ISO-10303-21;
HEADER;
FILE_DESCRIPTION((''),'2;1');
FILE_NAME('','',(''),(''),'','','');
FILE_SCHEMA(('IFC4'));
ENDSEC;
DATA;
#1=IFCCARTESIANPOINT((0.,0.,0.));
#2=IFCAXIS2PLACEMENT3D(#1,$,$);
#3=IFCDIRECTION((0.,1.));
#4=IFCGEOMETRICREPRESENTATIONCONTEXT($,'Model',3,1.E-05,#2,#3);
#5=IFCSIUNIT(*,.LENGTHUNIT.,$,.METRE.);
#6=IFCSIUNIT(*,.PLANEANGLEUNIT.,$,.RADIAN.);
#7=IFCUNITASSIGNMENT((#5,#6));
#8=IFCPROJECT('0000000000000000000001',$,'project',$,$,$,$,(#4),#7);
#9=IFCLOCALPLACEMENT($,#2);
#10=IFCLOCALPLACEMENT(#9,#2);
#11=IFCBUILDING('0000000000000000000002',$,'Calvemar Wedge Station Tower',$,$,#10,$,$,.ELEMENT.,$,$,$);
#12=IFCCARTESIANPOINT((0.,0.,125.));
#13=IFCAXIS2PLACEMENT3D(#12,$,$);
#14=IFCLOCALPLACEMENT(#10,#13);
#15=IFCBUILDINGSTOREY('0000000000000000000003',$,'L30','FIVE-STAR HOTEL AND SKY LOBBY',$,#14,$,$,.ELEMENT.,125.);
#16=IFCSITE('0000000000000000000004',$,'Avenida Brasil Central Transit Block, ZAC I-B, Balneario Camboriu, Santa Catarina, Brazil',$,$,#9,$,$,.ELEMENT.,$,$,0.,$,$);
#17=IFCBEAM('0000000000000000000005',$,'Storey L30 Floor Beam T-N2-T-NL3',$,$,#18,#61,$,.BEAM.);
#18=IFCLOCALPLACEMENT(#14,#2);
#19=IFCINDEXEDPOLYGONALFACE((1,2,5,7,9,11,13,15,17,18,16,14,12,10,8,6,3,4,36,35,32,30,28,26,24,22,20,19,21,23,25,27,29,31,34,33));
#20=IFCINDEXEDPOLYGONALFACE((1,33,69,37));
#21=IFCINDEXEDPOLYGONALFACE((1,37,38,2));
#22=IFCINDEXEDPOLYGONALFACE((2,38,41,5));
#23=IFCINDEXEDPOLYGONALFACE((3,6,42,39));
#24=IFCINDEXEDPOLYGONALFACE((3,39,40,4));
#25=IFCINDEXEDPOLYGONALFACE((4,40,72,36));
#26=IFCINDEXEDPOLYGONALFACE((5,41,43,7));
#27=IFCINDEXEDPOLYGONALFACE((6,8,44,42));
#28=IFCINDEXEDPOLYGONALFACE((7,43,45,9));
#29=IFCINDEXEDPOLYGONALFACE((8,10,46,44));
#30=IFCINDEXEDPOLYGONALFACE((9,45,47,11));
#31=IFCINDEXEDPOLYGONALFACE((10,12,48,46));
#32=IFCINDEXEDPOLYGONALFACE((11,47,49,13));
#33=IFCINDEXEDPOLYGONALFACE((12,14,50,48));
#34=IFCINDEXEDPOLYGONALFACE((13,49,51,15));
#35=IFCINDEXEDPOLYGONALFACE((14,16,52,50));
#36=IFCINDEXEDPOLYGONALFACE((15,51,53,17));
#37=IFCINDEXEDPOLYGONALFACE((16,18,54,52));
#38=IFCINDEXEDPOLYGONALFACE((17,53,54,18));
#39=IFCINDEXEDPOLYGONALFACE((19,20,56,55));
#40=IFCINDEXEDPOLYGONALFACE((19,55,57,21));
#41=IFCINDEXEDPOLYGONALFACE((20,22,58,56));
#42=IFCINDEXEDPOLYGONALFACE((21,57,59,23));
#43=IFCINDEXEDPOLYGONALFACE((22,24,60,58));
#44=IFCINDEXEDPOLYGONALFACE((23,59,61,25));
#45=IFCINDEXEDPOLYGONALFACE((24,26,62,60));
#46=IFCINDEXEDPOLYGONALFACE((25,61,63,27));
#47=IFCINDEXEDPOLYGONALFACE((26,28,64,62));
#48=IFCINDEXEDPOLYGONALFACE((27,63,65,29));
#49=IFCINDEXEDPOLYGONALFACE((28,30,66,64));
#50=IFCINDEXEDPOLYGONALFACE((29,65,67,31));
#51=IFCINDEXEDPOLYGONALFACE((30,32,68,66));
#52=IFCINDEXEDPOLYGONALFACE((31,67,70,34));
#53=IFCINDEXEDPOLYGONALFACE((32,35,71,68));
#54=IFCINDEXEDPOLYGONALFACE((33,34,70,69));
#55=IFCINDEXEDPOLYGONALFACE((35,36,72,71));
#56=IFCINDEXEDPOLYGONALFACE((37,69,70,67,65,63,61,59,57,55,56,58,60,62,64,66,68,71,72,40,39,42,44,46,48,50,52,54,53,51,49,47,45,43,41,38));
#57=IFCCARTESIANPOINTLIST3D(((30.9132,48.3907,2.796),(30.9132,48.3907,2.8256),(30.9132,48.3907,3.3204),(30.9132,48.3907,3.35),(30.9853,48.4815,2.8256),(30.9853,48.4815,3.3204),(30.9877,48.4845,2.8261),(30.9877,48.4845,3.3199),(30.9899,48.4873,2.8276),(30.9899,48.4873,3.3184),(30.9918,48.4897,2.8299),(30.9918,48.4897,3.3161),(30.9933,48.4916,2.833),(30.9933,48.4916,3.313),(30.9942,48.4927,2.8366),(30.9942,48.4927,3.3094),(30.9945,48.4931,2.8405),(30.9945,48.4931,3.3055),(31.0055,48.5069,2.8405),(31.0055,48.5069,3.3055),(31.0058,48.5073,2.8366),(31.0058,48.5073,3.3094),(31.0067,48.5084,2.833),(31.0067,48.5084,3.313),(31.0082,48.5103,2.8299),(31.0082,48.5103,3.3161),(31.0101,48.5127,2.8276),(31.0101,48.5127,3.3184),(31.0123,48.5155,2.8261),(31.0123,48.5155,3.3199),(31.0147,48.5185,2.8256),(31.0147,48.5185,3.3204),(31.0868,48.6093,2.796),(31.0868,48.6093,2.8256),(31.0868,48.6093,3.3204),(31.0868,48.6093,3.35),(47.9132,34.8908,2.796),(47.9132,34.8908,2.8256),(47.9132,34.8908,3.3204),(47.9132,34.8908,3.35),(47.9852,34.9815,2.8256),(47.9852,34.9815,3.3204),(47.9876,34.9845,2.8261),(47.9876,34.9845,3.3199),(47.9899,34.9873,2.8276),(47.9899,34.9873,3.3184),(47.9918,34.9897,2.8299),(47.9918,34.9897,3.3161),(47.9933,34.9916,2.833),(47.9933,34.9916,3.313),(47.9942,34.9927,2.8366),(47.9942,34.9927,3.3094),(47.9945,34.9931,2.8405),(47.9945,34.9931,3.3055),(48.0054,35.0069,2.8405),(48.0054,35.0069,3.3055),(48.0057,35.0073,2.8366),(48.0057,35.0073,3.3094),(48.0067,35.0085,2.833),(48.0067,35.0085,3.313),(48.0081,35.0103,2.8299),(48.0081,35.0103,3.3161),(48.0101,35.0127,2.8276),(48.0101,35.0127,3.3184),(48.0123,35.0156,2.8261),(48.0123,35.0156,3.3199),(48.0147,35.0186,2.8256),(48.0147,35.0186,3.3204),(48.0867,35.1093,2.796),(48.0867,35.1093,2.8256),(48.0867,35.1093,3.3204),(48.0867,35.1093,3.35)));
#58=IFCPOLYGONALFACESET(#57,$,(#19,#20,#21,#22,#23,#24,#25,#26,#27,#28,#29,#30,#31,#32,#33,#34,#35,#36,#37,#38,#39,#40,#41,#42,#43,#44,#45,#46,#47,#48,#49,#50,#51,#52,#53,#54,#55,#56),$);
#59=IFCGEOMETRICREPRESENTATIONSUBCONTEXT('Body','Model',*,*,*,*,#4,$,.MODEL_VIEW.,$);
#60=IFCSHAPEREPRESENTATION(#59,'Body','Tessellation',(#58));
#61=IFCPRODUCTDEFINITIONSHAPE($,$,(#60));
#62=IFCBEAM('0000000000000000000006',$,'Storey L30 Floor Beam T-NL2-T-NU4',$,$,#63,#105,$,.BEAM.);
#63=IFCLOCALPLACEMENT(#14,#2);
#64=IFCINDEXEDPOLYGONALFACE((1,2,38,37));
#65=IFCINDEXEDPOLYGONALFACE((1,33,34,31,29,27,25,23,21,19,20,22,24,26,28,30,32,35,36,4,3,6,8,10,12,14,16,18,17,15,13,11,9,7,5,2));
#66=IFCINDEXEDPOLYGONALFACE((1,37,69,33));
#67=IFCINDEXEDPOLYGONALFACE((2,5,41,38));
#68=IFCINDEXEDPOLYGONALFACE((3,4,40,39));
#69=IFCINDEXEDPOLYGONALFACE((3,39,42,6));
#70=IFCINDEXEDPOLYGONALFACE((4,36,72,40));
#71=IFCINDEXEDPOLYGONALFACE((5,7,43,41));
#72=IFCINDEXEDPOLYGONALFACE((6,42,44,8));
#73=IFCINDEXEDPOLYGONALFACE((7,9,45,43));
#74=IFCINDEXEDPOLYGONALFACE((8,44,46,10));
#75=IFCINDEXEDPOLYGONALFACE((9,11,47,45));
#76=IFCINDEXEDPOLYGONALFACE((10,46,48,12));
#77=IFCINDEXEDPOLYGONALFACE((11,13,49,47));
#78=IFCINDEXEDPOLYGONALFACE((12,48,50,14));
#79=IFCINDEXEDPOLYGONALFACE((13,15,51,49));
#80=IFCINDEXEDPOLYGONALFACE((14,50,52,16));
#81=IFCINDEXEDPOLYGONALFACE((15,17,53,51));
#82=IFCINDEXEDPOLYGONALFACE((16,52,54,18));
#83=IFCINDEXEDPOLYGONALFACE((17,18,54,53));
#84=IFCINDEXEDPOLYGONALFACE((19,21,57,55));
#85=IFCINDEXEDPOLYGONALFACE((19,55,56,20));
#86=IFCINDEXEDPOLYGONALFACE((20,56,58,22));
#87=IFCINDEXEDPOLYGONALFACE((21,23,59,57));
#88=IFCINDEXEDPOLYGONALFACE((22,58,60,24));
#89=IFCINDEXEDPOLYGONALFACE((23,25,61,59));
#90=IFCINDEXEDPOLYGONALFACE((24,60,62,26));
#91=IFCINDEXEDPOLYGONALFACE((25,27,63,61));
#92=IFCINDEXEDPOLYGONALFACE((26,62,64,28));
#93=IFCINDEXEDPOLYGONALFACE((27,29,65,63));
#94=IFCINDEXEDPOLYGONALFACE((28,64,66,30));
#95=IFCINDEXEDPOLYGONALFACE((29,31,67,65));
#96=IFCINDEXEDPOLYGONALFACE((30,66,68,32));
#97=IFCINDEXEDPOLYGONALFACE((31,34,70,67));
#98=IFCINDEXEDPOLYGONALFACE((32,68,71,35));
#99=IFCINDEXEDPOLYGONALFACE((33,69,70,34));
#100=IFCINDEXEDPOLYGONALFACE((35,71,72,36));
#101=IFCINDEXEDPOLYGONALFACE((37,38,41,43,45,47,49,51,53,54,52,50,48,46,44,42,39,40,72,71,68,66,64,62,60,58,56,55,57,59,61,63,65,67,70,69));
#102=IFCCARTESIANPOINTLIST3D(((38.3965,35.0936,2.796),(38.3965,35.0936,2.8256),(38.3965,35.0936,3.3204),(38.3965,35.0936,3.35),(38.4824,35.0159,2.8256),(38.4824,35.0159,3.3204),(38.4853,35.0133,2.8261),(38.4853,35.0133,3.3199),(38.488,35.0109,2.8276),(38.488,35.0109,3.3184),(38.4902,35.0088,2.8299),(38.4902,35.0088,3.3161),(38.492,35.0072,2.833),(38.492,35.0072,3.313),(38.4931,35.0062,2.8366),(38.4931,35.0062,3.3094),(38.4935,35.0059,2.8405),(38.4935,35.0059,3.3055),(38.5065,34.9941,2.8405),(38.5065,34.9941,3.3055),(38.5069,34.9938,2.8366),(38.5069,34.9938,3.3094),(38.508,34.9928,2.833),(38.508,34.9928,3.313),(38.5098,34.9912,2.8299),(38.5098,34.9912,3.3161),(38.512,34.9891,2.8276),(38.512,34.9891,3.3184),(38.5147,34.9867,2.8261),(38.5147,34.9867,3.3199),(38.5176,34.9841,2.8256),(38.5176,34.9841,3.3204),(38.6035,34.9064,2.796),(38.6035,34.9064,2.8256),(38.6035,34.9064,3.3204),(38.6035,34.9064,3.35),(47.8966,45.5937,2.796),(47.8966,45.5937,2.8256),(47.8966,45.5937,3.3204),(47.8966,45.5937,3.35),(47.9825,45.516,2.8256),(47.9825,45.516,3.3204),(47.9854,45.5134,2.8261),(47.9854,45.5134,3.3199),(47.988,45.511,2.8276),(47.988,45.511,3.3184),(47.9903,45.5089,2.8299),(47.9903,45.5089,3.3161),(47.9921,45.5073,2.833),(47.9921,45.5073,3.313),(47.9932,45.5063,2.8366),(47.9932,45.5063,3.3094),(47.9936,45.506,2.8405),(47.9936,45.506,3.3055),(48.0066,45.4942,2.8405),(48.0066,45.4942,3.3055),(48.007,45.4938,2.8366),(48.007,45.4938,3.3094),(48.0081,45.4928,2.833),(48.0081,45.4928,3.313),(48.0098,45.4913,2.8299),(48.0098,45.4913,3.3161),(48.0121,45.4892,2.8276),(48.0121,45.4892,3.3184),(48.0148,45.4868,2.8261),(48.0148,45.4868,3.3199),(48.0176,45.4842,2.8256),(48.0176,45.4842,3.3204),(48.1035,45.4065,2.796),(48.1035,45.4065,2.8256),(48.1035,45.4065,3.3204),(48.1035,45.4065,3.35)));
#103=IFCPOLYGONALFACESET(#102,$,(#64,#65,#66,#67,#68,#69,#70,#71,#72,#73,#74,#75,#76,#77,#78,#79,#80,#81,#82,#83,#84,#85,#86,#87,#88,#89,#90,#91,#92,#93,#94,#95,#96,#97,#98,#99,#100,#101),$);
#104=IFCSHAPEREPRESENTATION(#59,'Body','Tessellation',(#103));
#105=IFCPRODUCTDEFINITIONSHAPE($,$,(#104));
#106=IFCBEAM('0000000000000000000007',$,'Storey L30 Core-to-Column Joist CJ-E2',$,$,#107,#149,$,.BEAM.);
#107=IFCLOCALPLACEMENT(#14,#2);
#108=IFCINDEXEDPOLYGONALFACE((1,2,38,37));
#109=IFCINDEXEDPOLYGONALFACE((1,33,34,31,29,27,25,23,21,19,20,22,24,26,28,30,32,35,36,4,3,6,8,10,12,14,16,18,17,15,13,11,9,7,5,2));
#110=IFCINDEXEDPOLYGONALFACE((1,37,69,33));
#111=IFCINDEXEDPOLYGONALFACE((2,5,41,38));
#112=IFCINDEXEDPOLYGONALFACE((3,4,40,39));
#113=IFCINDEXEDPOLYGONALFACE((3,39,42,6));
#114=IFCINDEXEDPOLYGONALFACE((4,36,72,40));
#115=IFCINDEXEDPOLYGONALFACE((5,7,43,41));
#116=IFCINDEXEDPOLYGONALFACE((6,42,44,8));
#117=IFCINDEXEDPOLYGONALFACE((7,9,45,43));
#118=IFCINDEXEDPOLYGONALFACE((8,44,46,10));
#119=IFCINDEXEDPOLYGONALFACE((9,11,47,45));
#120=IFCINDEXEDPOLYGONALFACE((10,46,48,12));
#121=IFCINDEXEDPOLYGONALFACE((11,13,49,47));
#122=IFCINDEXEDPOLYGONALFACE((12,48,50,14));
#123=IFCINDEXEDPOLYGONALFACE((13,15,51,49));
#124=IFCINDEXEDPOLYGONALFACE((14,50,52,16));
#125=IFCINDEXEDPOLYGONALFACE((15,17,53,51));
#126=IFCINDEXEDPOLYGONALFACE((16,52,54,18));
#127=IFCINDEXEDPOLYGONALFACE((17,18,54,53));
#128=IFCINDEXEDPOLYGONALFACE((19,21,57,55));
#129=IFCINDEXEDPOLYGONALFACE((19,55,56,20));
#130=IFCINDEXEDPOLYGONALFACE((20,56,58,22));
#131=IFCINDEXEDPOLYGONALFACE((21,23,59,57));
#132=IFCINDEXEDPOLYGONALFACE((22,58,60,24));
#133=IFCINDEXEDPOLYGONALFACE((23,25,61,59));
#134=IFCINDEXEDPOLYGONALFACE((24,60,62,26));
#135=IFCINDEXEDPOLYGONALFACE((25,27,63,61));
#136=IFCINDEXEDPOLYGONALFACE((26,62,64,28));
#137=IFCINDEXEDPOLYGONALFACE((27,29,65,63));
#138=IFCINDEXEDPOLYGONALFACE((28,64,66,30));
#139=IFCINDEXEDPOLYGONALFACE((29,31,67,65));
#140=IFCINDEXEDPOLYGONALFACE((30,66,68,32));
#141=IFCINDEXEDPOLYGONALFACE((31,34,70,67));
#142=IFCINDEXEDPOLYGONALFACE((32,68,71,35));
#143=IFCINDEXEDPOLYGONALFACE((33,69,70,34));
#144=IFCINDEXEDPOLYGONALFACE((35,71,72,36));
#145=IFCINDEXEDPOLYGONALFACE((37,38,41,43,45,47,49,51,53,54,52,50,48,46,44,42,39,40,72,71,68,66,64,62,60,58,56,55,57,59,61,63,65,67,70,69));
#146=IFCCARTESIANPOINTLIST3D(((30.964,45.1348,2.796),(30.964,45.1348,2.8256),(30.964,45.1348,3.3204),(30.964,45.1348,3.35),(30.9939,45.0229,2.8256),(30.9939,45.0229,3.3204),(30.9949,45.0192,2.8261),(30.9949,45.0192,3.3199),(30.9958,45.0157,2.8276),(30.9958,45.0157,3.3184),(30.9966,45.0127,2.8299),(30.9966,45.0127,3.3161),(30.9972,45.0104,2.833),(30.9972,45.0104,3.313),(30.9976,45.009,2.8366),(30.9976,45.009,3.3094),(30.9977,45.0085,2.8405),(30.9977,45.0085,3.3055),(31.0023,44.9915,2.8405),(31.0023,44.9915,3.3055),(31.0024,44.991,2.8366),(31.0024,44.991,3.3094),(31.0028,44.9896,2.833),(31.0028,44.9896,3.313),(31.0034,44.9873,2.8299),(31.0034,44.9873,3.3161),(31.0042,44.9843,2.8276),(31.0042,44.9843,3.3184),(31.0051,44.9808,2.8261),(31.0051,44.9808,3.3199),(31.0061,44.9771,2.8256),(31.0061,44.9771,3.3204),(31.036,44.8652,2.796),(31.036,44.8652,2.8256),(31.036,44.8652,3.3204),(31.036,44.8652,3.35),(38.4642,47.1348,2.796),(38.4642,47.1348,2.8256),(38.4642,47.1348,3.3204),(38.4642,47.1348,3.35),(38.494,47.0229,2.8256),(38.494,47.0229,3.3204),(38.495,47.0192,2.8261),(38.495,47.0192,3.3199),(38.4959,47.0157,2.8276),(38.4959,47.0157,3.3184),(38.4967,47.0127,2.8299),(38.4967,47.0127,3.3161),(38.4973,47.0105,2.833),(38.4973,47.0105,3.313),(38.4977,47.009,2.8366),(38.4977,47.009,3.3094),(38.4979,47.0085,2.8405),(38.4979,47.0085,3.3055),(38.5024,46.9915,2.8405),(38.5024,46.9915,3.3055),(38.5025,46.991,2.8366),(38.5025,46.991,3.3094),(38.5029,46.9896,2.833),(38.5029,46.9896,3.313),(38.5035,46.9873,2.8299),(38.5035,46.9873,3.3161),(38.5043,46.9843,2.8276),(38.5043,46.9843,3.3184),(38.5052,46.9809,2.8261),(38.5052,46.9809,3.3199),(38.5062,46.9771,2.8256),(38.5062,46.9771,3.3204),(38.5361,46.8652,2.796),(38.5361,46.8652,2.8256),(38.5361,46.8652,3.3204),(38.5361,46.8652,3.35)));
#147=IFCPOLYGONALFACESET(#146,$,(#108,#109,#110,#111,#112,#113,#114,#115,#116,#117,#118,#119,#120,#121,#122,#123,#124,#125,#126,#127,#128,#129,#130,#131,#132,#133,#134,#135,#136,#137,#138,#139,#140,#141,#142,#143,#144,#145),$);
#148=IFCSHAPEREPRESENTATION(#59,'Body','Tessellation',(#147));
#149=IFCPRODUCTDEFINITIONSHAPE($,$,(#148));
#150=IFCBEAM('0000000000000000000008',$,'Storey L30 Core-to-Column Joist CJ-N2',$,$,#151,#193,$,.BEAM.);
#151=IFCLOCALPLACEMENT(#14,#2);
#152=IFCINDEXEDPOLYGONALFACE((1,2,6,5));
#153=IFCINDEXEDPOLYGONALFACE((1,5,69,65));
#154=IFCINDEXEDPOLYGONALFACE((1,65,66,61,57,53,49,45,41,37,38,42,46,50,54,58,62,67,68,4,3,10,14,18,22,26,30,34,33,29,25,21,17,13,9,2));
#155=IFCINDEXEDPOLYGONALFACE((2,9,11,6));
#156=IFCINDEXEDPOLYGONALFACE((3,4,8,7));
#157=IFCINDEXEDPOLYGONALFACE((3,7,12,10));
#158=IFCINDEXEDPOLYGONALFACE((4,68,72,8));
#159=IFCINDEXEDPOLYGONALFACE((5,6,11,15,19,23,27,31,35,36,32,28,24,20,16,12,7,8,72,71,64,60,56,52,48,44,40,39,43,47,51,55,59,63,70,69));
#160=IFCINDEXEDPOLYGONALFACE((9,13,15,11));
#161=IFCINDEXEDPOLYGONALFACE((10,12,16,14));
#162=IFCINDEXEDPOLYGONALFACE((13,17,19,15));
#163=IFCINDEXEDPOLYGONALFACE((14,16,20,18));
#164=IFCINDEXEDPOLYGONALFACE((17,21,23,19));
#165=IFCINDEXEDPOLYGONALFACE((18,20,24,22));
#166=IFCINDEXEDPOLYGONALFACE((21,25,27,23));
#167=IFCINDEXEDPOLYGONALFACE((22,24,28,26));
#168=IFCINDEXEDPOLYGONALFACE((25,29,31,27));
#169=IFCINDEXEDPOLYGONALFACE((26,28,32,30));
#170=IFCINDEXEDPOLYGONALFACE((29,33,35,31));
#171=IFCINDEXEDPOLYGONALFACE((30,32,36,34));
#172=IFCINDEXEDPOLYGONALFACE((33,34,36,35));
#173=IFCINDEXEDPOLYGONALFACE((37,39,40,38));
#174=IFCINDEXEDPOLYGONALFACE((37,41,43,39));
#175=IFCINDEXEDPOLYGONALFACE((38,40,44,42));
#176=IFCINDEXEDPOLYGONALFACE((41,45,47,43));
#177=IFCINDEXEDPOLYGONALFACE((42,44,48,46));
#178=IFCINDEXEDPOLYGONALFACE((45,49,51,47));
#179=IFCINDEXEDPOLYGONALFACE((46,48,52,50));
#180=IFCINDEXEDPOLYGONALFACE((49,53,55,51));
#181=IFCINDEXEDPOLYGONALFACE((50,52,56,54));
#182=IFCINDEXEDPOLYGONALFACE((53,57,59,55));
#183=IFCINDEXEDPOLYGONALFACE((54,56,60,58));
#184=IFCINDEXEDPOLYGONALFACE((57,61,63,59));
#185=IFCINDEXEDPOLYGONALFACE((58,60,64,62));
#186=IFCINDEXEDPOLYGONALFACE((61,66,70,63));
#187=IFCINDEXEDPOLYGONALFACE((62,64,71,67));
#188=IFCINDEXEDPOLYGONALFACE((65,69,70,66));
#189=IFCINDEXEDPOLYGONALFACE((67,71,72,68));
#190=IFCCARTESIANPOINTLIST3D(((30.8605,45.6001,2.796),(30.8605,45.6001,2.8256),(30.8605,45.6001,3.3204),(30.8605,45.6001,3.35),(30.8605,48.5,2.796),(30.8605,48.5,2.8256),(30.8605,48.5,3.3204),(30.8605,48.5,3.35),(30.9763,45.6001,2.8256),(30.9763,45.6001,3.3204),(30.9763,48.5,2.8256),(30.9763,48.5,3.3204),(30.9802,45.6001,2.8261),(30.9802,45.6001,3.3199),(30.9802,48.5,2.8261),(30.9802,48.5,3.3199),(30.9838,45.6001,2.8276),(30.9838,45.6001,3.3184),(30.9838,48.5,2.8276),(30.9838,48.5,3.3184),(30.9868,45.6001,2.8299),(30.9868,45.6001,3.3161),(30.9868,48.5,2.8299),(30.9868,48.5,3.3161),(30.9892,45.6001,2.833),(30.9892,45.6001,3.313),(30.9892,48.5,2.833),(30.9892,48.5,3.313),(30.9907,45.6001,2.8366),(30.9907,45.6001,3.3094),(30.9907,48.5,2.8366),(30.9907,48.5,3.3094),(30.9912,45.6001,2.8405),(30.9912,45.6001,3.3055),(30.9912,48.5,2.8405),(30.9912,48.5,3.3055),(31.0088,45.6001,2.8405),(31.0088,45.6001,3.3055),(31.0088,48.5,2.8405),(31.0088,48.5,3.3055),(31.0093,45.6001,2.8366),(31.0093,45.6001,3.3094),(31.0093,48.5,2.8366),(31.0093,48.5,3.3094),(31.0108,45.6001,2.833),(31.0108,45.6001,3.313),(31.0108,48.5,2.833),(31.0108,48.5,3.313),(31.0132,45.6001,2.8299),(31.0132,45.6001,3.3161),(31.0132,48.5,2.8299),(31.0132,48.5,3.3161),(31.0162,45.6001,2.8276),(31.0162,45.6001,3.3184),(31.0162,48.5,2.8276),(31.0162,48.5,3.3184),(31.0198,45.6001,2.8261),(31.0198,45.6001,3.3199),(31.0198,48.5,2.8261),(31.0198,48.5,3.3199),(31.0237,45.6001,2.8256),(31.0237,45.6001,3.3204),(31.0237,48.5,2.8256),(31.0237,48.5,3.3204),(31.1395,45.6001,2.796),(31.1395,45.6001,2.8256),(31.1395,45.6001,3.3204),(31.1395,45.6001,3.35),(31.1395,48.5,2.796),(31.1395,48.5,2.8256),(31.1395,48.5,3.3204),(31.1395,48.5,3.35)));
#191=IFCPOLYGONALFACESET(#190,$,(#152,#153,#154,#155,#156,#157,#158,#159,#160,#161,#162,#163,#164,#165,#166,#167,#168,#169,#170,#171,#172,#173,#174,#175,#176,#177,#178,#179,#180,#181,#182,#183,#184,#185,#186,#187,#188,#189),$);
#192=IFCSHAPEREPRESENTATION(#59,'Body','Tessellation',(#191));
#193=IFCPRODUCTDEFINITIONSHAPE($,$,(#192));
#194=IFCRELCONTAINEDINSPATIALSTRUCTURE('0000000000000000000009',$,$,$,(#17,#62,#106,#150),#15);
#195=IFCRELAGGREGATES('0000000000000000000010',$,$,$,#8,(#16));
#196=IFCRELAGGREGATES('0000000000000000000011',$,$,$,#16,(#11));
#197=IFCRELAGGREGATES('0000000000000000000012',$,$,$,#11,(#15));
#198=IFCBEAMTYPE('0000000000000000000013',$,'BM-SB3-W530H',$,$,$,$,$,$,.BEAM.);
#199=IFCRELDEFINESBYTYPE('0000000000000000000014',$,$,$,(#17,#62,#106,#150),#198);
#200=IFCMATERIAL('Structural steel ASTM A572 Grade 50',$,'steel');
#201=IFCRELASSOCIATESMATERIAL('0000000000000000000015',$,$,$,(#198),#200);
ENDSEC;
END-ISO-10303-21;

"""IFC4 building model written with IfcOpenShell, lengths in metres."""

from ifc_helpers import new_model, si_unit, direction, frame, origin, origin_2d, place, context, subcontext, project, spatial, i_section, extrude, source, transform, mapped, material, material_profile, profile_set, type_object, element, save


model = new_model("IFC4")

# Units and contexts
model_context = context("Model", 3, precision=1e-05, world=origin(), true_north=direction((0.0, 1.0)))
body_context = subcontext(model_context, "Body", "Model", "MODEL_VIEW")
ifc_project = project(units=[si_unit("LENGTHUNIT", "METRE"), si_unit("PLANEANGLEUNIT", "RADIAN")], contexts=[model_context])

# Site, building, storey
site_placement = place(None, origin())
site = spatial("IfcSite", under=ifc_project, at=site_placement, Name="Avenida Brasil Central Transit Block, ZAC I-B, Balneario Camboriu, Santa Catarina, Brazil", CompositionType="ELEMENT", RefElevation=0.0)
building_placement = place(site_placement, origin())
building = spatial("IfcBuilding", under=site, at=building_placement, Name="Calvemar Wedge Station Tower", CompositionType="ELEMENT")
storey_placement = place(building_placement, frame((0.0, 0.0, 125.0)))
storey = spatial("IfcBuildingStorey", under=building, at=storey_placement, Name="L30", Description="FIVE-STAR HOTEL AND SKY LOBBY", CompositionType="ELEMENT", Elevation=125.0)

# Shared definitions
ifc_material_1 = material(Name="Structural steel ASTM A572 Grade 50", Category="steel")

# Beams
ifc_material_profile_1 = material_profile(ifc_material_1, i_section(OverallWidth=0.2791, OverallDepth=0.554, WebThickness=0.0176, FlangeThickness=0.0295, FilletRadius=0.0149, at=origin_2d()), Name="W530x196")
ifc_profile_set_1 = profile_set([ifc_material_profile_1], Name="Structural steel ASTM A572 Grade 50")
beam_type_1 = type_object("IfcBeamType", Name="BM-SB3-W530H", PredefinedType="BEAM", material=ifc_profile_set_1)
shared_shape_1 = source(origin(), body_context, "Body", "SweptSolid", [
    extrude(i_section(OverallWidth=0.2791, OverallDepth=0.554, WebThickness=0.0176, FlangeThickness=0.0295, FilletRadius=0.0149, at=origin_2d()), origin(), (0.0, 0.0, 1.0), 21.7083),
])
beam_1_placement = place(storey_placement, frame((31.0, 48.5, 3.073), z_axis=(0.783111, -0.621882, 0.0), x_axis=(0.621882, 0.783111, 0.0)))
element("IfcBeam", 1, at=beam_1_placement, inside=storey, type_object=beam_type_1, Name="Storey L30 Floor Beam T-N2-T-NL3", PredefinedType="BEAM", context=body_context, shape_type="MappedRepresentation", body=[
    mapped(shared_shape_1, transform((0.0, 0.0, 0.0), scale=1.0)),
])
shared_shape_2 = source(origin(), body_context, "Body", "SweptSolid", [
    extrude(i_section(OverallWidth=0.2791, OverallDepth=0.554, WebThickness=0.0176, FlangeThickness=0.0295, FilletRadius=0.0149, at=origin_2d()), origin(), (0.0, 0.0, 1.0), 14.1599),
])
beam_2_placement = place(storey_placement, frame((38.5, 35.0, 3.073), z_axis=(0.670913, 0.741536, 0.0), x_axis=(-0.741536, 0.670913, 0.0)))
element("IfcBeam", 2, at=beam_2_placement, inside=storey, type_object=beam_type_1, Name="Storey L30 Floor Beam T-NL2-T-NU4", PredefinedType="BEAM", context=body_context, shape_type="MappedRepresentation", body=[
    mapped(shared_shape_2, transform((0.0, 0.0, 0.0), scale=1.0)),
])
shared_shape_3 = source(origin(), body_context, "Body", "SweptSolid", [
    extrude(i_section(OverallWidth=0.2791, OverallDepth=0.554, WebThickness=0.0176, FlangeThickness=0.0295, FilletRadius=0.0149, at=origin_2d()), origin(), (0.0, 0.0, 1.0), 7.7622),
])
beam_3_placement = place(storey_placement, frame((31.0, 45.0, 3.073), z_axis=(0.966235, 0.257663, 0.0), x_axis=(-0.257663, 0.966235, 0.0)))
element("IfcBeam", 3, at=beam_3_placement, inside=storey, type_object=beam_type_1, Name="Storey L30 Core-to-Column Joist CJ-E2", PredefinedType="BEAM", context=body_context, shape_type="MappedRepresentation", body=[
    mapped(shared_shape_3, transform((0.0, 0.0, 0.0), scale=1.0)),
])
shared_shape_4 = source(origin(), body_context, "Body", "SweptSolid", [
    extrude(i_section(OverallWidth=0.2791, OverallDepth=0.554, WebThickness=0.0176, FlangeThickness=0.0295, FilletRadius=0.0149, at=origin_2d()), origin(), (0.0, 0.0, 1.0), 2.8999),
])
beam_4_placement = place(storey_placement, frame((31.0, 45.6001, 3.073), z_axis=(0.0, 1.0, 0.0), x_axis=(-1.0, 0.0, 0.0)))
element("IfcBeam", 4, at=beam_4_placement, inside=storey, type_object=beam_type_1, Name="Storey L30 Core-to-Column Joist CJ-N2", PredefinedType="BEAM", context=body_context, shape_type="MappedRepresentation", body=[
    mapped(shared_shape_4, transform((0.0, 0.0, 0.0), scale=1.0)),
])

save(model, "model.ifc")
